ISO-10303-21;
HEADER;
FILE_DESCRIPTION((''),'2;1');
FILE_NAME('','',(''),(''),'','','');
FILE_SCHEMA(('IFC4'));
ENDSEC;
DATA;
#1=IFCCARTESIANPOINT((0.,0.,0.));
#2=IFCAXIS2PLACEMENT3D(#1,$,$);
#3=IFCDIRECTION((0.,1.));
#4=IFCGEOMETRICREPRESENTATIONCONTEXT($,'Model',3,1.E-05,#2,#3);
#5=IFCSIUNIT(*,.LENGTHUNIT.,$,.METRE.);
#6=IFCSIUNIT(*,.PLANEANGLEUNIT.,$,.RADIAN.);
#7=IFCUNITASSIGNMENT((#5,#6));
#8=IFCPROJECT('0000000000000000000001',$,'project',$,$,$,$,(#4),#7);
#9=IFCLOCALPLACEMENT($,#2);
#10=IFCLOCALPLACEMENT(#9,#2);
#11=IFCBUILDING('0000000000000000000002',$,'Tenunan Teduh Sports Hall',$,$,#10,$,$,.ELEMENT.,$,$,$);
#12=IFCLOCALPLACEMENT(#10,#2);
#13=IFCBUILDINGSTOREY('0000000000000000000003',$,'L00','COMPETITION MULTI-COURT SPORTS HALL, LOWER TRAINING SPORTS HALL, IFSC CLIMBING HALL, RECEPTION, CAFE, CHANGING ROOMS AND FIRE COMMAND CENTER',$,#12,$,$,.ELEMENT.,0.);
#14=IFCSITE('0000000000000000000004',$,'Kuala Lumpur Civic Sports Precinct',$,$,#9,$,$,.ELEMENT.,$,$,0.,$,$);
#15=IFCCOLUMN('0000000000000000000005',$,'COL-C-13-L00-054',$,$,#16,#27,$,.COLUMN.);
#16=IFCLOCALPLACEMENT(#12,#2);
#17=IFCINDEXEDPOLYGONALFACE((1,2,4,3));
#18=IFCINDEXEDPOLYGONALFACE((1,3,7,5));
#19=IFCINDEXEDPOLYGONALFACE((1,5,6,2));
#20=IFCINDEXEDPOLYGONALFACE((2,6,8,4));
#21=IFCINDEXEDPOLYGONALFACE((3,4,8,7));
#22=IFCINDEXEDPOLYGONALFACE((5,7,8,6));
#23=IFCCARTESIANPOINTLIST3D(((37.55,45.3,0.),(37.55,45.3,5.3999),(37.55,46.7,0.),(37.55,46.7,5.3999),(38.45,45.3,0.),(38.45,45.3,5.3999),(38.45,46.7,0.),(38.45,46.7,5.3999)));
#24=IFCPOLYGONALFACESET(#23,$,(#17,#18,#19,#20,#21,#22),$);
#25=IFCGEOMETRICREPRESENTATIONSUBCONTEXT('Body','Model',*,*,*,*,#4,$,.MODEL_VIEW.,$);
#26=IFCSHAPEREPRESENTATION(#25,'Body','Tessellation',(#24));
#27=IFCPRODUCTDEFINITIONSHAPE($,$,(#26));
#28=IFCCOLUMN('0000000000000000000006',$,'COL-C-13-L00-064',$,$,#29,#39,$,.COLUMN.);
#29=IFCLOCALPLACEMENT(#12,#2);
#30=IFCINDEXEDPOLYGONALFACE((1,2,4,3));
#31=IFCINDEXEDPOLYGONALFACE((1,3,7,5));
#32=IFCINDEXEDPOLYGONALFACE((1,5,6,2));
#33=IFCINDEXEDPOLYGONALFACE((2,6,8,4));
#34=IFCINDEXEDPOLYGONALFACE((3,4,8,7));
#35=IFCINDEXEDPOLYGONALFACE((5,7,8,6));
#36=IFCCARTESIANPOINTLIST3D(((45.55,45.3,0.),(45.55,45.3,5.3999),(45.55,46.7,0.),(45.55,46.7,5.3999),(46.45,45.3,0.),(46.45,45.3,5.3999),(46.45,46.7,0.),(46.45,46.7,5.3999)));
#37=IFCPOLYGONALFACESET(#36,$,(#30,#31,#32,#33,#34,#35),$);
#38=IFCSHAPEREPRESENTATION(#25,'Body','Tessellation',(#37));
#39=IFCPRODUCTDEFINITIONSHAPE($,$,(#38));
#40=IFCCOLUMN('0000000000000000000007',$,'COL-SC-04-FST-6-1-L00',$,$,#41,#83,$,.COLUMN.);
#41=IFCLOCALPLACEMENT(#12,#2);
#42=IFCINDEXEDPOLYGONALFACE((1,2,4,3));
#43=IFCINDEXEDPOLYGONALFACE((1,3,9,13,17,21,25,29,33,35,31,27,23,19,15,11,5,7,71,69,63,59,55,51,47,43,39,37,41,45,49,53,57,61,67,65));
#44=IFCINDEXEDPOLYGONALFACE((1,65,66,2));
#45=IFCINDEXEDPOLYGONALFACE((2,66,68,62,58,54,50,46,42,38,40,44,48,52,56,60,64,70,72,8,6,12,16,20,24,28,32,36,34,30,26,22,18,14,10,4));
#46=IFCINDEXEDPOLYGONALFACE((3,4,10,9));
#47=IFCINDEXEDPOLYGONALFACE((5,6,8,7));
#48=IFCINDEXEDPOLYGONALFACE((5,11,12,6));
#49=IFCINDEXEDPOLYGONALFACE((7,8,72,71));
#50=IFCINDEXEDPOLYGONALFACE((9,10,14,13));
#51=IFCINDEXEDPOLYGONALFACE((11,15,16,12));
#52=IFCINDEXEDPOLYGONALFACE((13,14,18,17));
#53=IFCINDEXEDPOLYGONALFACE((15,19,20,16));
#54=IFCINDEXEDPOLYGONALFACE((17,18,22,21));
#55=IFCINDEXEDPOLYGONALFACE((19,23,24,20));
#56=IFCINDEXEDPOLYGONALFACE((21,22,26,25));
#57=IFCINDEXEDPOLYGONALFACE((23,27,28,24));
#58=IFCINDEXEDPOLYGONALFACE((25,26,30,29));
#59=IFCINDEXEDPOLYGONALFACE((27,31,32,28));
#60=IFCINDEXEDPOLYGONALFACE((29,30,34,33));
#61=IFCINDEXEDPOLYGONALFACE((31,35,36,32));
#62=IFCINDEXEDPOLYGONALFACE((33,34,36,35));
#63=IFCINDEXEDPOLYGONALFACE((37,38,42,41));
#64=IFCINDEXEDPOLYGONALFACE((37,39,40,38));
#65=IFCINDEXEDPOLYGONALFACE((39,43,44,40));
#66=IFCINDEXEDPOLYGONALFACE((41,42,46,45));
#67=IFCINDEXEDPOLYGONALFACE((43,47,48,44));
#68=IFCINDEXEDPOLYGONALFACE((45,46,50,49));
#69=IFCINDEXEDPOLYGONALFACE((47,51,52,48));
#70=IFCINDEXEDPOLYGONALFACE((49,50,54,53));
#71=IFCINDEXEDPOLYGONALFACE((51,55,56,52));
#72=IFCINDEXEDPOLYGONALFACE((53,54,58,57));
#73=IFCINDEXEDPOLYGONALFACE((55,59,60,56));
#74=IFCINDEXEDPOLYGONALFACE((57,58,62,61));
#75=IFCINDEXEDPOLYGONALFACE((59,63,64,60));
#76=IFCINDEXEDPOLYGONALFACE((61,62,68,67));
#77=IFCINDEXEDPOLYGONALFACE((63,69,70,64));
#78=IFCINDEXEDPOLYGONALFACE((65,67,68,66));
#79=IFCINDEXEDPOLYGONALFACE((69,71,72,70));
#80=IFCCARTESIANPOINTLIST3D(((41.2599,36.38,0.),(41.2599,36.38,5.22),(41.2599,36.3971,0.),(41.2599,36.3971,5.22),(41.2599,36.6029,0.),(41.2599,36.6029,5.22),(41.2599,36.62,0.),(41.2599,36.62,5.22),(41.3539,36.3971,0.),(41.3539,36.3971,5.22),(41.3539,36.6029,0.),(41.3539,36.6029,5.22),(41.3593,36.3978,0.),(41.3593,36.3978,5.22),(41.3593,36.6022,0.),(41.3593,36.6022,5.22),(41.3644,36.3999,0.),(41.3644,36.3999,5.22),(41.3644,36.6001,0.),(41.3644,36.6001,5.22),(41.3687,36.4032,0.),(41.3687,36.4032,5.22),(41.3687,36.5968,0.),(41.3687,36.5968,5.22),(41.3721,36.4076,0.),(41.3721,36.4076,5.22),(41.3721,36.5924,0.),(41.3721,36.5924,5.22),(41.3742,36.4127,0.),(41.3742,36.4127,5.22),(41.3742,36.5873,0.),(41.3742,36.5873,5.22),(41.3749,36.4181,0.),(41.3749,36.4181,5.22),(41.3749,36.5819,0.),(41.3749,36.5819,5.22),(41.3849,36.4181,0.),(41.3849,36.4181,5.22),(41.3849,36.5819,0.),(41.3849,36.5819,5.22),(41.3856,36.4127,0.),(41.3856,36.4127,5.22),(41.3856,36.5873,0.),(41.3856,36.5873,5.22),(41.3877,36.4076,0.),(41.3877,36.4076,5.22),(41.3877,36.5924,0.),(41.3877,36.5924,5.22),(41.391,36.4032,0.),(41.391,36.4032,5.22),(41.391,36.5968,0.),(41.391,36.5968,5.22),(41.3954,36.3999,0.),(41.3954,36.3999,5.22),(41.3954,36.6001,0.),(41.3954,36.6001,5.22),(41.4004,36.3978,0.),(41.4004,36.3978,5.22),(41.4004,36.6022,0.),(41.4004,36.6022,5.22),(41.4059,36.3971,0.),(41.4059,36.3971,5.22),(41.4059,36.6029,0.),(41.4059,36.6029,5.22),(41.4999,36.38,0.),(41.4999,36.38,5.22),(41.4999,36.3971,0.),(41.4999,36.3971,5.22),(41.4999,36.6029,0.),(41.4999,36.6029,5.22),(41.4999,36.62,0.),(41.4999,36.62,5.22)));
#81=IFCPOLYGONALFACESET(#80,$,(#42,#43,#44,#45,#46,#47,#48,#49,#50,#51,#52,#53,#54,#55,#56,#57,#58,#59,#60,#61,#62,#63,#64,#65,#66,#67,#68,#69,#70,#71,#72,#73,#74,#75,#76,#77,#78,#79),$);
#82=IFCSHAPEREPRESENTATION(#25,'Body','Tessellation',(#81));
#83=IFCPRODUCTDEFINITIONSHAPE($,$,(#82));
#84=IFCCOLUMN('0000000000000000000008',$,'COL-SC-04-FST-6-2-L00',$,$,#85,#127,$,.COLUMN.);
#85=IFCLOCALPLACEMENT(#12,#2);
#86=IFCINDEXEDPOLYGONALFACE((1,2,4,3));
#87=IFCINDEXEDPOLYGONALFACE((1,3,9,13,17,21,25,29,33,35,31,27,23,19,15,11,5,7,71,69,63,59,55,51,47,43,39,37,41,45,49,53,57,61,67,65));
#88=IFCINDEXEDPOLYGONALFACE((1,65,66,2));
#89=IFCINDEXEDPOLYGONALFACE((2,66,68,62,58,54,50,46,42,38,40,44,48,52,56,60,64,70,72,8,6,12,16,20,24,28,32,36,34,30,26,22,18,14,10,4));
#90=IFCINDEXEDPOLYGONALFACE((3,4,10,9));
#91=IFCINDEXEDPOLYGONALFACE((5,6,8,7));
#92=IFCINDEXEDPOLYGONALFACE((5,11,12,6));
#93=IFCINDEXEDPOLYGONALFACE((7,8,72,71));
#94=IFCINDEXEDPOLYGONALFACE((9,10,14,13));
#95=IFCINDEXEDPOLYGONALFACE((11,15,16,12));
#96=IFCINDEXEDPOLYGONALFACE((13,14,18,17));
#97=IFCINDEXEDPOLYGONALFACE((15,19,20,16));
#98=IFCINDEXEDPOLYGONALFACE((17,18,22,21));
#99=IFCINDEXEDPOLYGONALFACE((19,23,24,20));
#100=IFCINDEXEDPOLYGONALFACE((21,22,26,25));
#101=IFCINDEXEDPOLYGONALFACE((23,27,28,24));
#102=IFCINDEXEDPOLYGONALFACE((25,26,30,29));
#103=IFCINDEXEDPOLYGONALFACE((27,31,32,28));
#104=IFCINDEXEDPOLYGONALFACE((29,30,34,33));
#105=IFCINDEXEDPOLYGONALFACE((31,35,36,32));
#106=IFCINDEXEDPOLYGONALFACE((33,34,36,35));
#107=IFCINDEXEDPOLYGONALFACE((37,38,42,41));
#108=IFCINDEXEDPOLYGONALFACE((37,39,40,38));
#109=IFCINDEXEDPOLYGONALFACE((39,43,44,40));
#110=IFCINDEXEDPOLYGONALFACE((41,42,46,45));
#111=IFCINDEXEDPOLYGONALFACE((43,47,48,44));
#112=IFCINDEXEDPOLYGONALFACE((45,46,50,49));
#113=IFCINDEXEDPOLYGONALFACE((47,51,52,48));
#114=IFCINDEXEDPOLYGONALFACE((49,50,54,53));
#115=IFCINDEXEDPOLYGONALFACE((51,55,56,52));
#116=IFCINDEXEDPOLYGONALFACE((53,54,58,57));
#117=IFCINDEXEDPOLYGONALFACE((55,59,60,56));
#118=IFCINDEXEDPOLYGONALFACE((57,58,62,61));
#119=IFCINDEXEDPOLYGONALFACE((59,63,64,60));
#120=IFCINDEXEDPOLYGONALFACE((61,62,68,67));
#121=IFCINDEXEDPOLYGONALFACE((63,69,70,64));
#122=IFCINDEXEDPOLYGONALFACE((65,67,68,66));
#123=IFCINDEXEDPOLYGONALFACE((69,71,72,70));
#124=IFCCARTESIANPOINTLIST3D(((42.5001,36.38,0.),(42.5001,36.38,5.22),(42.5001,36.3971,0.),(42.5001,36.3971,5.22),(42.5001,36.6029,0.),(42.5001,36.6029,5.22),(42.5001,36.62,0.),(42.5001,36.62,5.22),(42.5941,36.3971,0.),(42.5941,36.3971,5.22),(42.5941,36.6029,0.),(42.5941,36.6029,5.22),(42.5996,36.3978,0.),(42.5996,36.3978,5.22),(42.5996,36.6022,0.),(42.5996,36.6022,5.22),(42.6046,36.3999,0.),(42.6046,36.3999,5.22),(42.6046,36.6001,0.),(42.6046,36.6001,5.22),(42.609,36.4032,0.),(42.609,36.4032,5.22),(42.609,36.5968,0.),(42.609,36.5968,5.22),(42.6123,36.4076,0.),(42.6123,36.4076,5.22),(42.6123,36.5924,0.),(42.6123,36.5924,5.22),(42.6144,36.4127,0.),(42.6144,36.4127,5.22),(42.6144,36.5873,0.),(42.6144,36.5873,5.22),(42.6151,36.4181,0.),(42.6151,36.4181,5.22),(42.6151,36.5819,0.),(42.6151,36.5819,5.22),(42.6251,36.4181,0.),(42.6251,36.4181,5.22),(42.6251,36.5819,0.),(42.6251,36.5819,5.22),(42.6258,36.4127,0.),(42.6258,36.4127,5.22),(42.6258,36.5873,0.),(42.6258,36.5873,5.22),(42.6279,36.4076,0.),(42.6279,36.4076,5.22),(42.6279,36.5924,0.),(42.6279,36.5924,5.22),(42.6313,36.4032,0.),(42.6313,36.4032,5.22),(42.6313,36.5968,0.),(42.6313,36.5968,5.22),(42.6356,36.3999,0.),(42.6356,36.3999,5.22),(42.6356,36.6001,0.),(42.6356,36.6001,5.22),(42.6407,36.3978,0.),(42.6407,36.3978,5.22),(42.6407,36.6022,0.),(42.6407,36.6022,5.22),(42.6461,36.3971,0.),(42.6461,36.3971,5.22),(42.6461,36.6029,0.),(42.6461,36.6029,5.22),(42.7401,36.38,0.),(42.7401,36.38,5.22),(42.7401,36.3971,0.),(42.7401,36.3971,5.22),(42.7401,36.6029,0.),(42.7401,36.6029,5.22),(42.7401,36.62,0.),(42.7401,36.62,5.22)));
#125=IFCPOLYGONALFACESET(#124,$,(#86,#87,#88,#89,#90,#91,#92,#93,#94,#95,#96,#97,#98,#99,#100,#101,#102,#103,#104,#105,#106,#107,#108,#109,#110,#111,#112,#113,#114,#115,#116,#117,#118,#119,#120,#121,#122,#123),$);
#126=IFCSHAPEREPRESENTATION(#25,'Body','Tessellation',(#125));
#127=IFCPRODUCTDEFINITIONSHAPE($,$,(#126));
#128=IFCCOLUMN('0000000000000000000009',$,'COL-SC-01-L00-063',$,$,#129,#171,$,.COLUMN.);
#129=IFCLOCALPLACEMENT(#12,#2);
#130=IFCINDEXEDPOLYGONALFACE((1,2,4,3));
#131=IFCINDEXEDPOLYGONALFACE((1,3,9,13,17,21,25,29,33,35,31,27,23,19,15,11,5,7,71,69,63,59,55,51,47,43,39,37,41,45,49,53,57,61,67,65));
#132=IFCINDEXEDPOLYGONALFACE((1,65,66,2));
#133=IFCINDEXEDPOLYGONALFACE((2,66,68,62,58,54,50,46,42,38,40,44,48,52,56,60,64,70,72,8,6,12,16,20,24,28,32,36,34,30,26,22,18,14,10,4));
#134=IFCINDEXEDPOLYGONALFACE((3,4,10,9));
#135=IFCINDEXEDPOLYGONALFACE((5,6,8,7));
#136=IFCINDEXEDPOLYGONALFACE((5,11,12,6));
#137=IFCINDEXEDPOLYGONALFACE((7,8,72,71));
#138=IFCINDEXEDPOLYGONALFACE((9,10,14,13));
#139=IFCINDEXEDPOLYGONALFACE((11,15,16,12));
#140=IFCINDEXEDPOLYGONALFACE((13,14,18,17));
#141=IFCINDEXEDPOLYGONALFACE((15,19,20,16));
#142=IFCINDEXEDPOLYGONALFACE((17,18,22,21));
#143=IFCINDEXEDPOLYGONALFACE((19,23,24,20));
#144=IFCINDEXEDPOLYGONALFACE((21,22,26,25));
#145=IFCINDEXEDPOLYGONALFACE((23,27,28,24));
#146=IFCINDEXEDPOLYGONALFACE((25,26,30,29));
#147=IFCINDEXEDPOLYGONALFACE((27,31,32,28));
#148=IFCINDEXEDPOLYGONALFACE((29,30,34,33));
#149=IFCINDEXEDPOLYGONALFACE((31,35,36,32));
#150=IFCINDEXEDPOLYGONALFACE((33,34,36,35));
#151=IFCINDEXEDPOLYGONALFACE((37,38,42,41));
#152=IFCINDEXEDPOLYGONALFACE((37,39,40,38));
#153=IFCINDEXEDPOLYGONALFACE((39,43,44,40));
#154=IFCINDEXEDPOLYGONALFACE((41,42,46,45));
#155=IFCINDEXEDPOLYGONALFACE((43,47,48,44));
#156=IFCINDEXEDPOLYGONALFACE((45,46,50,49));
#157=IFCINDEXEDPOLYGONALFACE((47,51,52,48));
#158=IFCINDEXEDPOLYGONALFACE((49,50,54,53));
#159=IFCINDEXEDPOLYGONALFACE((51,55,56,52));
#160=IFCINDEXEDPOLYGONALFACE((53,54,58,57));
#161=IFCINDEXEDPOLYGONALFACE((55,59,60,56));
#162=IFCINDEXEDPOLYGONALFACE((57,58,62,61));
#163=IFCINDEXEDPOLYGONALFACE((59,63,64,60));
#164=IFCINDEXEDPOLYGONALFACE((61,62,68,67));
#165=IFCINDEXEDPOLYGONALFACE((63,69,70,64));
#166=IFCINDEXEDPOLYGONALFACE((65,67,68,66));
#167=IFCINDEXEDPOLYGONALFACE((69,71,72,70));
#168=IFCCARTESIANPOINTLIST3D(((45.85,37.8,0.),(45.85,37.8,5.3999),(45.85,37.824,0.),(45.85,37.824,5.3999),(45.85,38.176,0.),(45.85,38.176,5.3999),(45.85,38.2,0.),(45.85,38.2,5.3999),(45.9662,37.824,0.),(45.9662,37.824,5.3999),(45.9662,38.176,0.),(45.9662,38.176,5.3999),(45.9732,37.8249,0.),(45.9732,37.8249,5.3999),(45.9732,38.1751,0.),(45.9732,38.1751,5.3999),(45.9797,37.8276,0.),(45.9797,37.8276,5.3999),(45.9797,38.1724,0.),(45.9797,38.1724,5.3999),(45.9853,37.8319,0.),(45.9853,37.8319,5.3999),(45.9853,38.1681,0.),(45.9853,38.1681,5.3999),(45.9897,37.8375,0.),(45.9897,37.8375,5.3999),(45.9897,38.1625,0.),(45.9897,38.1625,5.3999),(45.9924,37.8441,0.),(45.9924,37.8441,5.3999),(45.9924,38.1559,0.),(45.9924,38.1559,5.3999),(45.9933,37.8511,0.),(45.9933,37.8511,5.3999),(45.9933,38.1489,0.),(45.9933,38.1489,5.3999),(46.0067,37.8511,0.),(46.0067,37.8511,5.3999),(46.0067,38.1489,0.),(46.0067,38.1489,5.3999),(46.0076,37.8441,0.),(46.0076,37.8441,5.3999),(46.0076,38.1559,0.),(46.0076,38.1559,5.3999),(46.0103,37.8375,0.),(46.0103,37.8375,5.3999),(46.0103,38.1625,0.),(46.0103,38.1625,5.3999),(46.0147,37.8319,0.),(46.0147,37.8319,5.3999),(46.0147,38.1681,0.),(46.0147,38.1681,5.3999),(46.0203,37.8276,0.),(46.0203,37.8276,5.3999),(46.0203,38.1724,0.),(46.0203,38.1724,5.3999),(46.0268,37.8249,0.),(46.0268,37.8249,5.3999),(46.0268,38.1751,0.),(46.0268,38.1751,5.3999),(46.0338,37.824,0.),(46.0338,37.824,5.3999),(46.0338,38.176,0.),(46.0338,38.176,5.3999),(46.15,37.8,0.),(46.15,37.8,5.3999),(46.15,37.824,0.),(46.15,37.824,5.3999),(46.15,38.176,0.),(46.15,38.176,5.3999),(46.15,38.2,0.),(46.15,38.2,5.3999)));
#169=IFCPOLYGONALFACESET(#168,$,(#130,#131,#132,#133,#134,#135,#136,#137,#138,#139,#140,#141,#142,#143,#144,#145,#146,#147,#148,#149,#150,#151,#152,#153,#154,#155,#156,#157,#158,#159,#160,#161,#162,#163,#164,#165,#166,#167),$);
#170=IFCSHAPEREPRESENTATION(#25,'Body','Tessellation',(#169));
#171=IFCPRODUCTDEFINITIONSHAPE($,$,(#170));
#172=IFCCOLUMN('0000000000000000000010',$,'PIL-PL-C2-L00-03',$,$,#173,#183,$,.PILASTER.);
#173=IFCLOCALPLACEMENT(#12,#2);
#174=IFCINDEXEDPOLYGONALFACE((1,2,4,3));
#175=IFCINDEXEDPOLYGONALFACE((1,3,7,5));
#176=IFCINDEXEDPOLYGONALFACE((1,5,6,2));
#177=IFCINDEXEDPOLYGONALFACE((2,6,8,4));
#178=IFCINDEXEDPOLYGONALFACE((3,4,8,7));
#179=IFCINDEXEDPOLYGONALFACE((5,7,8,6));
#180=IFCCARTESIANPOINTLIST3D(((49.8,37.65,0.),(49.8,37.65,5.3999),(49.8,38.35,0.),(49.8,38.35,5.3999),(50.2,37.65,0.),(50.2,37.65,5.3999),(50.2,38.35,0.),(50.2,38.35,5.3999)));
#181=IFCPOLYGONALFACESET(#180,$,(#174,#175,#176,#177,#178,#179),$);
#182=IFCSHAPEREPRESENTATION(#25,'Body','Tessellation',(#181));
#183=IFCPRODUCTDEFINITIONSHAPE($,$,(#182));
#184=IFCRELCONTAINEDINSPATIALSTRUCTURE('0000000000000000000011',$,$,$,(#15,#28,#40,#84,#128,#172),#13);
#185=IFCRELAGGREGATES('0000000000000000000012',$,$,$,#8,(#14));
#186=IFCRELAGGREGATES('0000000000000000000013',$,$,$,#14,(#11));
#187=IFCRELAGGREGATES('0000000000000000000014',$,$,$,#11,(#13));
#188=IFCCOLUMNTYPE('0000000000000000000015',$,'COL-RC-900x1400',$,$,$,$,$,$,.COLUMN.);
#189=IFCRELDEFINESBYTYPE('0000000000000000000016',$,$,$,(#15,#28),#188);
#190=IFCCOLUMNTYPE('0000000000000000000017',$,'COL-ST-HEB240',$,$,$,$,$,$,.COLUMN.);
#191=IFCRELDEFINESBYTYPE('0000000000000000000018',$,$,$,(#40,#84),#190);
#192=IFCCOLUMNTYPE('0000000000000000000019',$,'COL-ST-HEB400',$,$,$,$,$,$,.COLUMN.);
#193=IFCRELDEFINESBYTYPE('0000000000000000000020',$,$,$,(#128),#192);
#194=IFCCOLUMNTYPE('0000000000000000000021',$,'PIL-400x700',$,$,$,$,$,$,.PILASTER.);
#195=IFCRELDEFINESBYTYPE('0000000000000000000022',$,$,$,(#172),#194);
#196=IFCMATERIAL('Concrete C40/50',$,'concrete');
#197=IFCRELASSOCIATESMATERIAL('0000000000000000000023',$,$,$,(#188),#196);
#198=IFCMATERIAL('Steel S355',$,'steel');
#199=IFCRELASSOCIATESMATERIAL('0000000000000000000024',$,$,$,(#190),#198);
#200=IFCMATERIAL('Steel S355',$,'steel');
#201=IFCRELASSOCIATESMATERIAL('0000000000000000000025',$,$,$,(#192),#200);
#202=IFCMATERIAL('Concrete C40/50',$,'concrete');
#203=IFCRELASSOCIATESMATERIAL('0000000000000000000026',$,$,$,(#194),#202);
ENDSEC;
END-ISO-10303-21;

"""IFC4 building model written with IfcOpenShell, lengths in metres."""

from ifc_helpers import new_model, si_unit, direction, frame, origin, origin_2d, place, context, subcontext, project, spatial, rectangle, i_section, extrude, material, material_profile, profile_set, type_object, element, save


model = new_model("IFC4")

# Units and contexts
model_context = context("Model", 3, precision=1e-05, world=origin(), true_north=direction((0.0, 1.0)))
body_context = subcontext(model_context, "Body", "Model", "MODEL_VIEW")
ifc_project = project(units=[si_unit("LENGTHUNIT", "METRE"), si_unit("PLANEANGLEUNIT", "RADIAN")], contexts=[model_context])

# Site, building, storey
site_placement = place(None, origin())
site = spatial("IfcSite", under=ifc_project, at=site_placement, Name="Kuala Lumpur Civic Sports Precinct", CompositionType="ELEMENT", RefElevation=0.0)
building_placement = place(site_placement, origin())
building = spatial("IfcBuilding", under=site, at=building_placement, Name="Tenunan Teduh Sports Hall", CompositionType="ELEMENT")
storey_placement = place(building_placement, origin())
storey = spatial("IfcBuildingStorey", under=building, at=storey_placement, Name="L00", Description="COMPETITION MULTI-COURT SPORTS HALL, LOWER TRAINING SPORTS HALL, IFSC CLIMBING HALL, RECEPTION, CAFE, CHANGING ROOMS AND FIRE COMMAND CENTER", CompositionType="ELEMENT", Elevation=0.0)

# Columns
ifc_material_1 = material(Name="Concrete C40/50", Category="concrete")
ifc_material_profile_1 = material_profile(ifc_material_1, rectangle(XDim=0.8999, YDim=1.3999, at=origin_2d()), Name="RC 900x1400")
ifc_profile_set_1 = profile_set([ifc_material_profile_1], Name="Concrete C40/50")
column_type_1 = type_object("IfcColumnType", Name="COL-RC-900x1400", PredefinedType="COLUMN", material=ifc_profile_set_1)
for number, where, z_axis, x_axis, name in (
    (1, (38.0, 46.0, 0.0), (0.0, 0.0, 1.0), (1.0, 0.0, 0.0), "COL-C-13-L00-054"),
    (2, (46.0, 46.0, 0.0), (0.0, 0.0, 1.0), (1.0, 0.0, 0.0), "COL-C-13-L00-064"),
):
    element("IfcColumn", number, at=place(storey_placement, frame(where, z_axis=z_axis, x_axis=x_axis)), inside=storey, type_object=column_type_1, Name=name, PredefinedType="COLUMN", context=body_context, shape_type="SweptSolid", body=[
        extrude(rectangle(XDim=0.8999, YDim=1.3999, at=origin_2d()), origin(), (0.0, 0.0, 1.0), 5.3999),
    ])
ifc_material_2 = material(Name="Steel S355", Category="steel")
ifc_material_profile_2 = material_profile(ifc_material_2, i_section(OverallWidth=0.24, OverallDepth=0.24, WebThickness=0.01, FlangeThickness=0.0171, FilletRadius=0.021, at=origin_2d()), Name="HEB 240")
ifc_profile_set_2 = profile_set([ifc_material_profile_2], Name="Steel S355")
column_type_2 = type_object("IfcColumnType", Name="COL-ST-HEB240", PredefinedType="COLUMN", material=ifc_profile_set_2)
for number, where, z_axis, x_axis, name in (
    (3, (41.3799, 36.5, 0.0), (0.0, 0.0, 1.0), (1.0, 0.0, 0.0), "COL-SC-04-FST-6-1-L00"),
    (4, (42.6201, 36.5, 0.0), (0.0, 0.0, 1.0), (1.0, 0.0, 0.0), "COL-SC-04-FST-6-2-L00"),
):
    element("IfcColumn", number, at=place(storey_placement, frame(where, z_axis=z_axis, x_axis=x_axis)), inside=storey, type_object=column_type_2, Name=name, PredefinedType="COLUMN", context=body_context, shape_type="SweptSolid", body=[
        extrude(i_section(OverallWidth=0.24, OverallDepth=0.24, WebThickness=0.01, FlangeThickness=0.0171, FilletRadius=0.021, at=origin_2d()), origin(), (0.0, 0.0, 1.0), 5.22),
    ])
ifc_material_3 = material(Name="Steel S355", Category="steel")
ifc_material_profile_3 = material_profile(ifc_material_3, i_section(OverallWidth=0.3, OverallDepth=0.3999, WebThickness=0.0134, FlangeThickness=0.0239, FilletRadius=0.0271, at=origin_2d()), Name="HEB 400")
ifc_profile_set_3 = profile_set([ifc_material_profile_3], Name="Steel S355")
column_type_3 = type_object("IfcColumnType", Name="COL-ST-HEB400", PredefinedType="COLUMN", material=ifc_profile_set_3)
column_1_placement = place(storey_placement, frame((46.0, 38.0, 0.0), z_axis=(0.0, 0.0, 1.0), x_axis=(1.0, 0.0, 0.0)))
element("IfcColumn", 5, at=column_1_placement, inside=storey, type_object=column_type_3, Name="COL-SC-01-L00-063", PredefinedType="COLUMN", context=body_context, shape_type="SweptSolid", body=[
    extrude(i_section(OverallWidth=0.3, OverallDepth=0.3999, WebThickness=0.0134, FlangeThickness=0.0239, FilletRadius=0.0271, at=origin_2d()), origin(), (0.0, 0.0, 1.0), 5.3999),
])
ifc_material_4 = material(Name="Concrete C40/50", Category="concrete")
ifc_material_profile_4 = material_profile(ifc_material_4, rectangle(XDim=0.3999, YDim=0.7, at=origin_2d()), Name="PIL 400x700")
ifc_profile_set_4 = profile_set([ifc_material_profile_4], Name="Concrete C40/50")
column_type_4 = type_object("IfcColumnType", Name="PIL-400x700", PredefinedType="PILASTER", material=ifc_profile_set_4)
column_2_placement = place(storey_placement, frame((50.0, 38.0, 0.0), z_axis=(0.0, 0.0, 1.0), x_axis=(1.0, 0.0, 0.0)))
element("IfcColumn", 6, at=column_2_placement, inside=storey, type_object=column_type_4, Name="PIL-PL-C2-L00-03", PredefinedType="PILASTER", context=body_context, shape_type="SweptSolid", body=[
    extrude(rectangle(XDim=0.3999, YDim=0.7, at=origin_2d()), origin(), (0.0, 0.0, 1.0), 5.3999),
])

save(model, "model.ifc")
